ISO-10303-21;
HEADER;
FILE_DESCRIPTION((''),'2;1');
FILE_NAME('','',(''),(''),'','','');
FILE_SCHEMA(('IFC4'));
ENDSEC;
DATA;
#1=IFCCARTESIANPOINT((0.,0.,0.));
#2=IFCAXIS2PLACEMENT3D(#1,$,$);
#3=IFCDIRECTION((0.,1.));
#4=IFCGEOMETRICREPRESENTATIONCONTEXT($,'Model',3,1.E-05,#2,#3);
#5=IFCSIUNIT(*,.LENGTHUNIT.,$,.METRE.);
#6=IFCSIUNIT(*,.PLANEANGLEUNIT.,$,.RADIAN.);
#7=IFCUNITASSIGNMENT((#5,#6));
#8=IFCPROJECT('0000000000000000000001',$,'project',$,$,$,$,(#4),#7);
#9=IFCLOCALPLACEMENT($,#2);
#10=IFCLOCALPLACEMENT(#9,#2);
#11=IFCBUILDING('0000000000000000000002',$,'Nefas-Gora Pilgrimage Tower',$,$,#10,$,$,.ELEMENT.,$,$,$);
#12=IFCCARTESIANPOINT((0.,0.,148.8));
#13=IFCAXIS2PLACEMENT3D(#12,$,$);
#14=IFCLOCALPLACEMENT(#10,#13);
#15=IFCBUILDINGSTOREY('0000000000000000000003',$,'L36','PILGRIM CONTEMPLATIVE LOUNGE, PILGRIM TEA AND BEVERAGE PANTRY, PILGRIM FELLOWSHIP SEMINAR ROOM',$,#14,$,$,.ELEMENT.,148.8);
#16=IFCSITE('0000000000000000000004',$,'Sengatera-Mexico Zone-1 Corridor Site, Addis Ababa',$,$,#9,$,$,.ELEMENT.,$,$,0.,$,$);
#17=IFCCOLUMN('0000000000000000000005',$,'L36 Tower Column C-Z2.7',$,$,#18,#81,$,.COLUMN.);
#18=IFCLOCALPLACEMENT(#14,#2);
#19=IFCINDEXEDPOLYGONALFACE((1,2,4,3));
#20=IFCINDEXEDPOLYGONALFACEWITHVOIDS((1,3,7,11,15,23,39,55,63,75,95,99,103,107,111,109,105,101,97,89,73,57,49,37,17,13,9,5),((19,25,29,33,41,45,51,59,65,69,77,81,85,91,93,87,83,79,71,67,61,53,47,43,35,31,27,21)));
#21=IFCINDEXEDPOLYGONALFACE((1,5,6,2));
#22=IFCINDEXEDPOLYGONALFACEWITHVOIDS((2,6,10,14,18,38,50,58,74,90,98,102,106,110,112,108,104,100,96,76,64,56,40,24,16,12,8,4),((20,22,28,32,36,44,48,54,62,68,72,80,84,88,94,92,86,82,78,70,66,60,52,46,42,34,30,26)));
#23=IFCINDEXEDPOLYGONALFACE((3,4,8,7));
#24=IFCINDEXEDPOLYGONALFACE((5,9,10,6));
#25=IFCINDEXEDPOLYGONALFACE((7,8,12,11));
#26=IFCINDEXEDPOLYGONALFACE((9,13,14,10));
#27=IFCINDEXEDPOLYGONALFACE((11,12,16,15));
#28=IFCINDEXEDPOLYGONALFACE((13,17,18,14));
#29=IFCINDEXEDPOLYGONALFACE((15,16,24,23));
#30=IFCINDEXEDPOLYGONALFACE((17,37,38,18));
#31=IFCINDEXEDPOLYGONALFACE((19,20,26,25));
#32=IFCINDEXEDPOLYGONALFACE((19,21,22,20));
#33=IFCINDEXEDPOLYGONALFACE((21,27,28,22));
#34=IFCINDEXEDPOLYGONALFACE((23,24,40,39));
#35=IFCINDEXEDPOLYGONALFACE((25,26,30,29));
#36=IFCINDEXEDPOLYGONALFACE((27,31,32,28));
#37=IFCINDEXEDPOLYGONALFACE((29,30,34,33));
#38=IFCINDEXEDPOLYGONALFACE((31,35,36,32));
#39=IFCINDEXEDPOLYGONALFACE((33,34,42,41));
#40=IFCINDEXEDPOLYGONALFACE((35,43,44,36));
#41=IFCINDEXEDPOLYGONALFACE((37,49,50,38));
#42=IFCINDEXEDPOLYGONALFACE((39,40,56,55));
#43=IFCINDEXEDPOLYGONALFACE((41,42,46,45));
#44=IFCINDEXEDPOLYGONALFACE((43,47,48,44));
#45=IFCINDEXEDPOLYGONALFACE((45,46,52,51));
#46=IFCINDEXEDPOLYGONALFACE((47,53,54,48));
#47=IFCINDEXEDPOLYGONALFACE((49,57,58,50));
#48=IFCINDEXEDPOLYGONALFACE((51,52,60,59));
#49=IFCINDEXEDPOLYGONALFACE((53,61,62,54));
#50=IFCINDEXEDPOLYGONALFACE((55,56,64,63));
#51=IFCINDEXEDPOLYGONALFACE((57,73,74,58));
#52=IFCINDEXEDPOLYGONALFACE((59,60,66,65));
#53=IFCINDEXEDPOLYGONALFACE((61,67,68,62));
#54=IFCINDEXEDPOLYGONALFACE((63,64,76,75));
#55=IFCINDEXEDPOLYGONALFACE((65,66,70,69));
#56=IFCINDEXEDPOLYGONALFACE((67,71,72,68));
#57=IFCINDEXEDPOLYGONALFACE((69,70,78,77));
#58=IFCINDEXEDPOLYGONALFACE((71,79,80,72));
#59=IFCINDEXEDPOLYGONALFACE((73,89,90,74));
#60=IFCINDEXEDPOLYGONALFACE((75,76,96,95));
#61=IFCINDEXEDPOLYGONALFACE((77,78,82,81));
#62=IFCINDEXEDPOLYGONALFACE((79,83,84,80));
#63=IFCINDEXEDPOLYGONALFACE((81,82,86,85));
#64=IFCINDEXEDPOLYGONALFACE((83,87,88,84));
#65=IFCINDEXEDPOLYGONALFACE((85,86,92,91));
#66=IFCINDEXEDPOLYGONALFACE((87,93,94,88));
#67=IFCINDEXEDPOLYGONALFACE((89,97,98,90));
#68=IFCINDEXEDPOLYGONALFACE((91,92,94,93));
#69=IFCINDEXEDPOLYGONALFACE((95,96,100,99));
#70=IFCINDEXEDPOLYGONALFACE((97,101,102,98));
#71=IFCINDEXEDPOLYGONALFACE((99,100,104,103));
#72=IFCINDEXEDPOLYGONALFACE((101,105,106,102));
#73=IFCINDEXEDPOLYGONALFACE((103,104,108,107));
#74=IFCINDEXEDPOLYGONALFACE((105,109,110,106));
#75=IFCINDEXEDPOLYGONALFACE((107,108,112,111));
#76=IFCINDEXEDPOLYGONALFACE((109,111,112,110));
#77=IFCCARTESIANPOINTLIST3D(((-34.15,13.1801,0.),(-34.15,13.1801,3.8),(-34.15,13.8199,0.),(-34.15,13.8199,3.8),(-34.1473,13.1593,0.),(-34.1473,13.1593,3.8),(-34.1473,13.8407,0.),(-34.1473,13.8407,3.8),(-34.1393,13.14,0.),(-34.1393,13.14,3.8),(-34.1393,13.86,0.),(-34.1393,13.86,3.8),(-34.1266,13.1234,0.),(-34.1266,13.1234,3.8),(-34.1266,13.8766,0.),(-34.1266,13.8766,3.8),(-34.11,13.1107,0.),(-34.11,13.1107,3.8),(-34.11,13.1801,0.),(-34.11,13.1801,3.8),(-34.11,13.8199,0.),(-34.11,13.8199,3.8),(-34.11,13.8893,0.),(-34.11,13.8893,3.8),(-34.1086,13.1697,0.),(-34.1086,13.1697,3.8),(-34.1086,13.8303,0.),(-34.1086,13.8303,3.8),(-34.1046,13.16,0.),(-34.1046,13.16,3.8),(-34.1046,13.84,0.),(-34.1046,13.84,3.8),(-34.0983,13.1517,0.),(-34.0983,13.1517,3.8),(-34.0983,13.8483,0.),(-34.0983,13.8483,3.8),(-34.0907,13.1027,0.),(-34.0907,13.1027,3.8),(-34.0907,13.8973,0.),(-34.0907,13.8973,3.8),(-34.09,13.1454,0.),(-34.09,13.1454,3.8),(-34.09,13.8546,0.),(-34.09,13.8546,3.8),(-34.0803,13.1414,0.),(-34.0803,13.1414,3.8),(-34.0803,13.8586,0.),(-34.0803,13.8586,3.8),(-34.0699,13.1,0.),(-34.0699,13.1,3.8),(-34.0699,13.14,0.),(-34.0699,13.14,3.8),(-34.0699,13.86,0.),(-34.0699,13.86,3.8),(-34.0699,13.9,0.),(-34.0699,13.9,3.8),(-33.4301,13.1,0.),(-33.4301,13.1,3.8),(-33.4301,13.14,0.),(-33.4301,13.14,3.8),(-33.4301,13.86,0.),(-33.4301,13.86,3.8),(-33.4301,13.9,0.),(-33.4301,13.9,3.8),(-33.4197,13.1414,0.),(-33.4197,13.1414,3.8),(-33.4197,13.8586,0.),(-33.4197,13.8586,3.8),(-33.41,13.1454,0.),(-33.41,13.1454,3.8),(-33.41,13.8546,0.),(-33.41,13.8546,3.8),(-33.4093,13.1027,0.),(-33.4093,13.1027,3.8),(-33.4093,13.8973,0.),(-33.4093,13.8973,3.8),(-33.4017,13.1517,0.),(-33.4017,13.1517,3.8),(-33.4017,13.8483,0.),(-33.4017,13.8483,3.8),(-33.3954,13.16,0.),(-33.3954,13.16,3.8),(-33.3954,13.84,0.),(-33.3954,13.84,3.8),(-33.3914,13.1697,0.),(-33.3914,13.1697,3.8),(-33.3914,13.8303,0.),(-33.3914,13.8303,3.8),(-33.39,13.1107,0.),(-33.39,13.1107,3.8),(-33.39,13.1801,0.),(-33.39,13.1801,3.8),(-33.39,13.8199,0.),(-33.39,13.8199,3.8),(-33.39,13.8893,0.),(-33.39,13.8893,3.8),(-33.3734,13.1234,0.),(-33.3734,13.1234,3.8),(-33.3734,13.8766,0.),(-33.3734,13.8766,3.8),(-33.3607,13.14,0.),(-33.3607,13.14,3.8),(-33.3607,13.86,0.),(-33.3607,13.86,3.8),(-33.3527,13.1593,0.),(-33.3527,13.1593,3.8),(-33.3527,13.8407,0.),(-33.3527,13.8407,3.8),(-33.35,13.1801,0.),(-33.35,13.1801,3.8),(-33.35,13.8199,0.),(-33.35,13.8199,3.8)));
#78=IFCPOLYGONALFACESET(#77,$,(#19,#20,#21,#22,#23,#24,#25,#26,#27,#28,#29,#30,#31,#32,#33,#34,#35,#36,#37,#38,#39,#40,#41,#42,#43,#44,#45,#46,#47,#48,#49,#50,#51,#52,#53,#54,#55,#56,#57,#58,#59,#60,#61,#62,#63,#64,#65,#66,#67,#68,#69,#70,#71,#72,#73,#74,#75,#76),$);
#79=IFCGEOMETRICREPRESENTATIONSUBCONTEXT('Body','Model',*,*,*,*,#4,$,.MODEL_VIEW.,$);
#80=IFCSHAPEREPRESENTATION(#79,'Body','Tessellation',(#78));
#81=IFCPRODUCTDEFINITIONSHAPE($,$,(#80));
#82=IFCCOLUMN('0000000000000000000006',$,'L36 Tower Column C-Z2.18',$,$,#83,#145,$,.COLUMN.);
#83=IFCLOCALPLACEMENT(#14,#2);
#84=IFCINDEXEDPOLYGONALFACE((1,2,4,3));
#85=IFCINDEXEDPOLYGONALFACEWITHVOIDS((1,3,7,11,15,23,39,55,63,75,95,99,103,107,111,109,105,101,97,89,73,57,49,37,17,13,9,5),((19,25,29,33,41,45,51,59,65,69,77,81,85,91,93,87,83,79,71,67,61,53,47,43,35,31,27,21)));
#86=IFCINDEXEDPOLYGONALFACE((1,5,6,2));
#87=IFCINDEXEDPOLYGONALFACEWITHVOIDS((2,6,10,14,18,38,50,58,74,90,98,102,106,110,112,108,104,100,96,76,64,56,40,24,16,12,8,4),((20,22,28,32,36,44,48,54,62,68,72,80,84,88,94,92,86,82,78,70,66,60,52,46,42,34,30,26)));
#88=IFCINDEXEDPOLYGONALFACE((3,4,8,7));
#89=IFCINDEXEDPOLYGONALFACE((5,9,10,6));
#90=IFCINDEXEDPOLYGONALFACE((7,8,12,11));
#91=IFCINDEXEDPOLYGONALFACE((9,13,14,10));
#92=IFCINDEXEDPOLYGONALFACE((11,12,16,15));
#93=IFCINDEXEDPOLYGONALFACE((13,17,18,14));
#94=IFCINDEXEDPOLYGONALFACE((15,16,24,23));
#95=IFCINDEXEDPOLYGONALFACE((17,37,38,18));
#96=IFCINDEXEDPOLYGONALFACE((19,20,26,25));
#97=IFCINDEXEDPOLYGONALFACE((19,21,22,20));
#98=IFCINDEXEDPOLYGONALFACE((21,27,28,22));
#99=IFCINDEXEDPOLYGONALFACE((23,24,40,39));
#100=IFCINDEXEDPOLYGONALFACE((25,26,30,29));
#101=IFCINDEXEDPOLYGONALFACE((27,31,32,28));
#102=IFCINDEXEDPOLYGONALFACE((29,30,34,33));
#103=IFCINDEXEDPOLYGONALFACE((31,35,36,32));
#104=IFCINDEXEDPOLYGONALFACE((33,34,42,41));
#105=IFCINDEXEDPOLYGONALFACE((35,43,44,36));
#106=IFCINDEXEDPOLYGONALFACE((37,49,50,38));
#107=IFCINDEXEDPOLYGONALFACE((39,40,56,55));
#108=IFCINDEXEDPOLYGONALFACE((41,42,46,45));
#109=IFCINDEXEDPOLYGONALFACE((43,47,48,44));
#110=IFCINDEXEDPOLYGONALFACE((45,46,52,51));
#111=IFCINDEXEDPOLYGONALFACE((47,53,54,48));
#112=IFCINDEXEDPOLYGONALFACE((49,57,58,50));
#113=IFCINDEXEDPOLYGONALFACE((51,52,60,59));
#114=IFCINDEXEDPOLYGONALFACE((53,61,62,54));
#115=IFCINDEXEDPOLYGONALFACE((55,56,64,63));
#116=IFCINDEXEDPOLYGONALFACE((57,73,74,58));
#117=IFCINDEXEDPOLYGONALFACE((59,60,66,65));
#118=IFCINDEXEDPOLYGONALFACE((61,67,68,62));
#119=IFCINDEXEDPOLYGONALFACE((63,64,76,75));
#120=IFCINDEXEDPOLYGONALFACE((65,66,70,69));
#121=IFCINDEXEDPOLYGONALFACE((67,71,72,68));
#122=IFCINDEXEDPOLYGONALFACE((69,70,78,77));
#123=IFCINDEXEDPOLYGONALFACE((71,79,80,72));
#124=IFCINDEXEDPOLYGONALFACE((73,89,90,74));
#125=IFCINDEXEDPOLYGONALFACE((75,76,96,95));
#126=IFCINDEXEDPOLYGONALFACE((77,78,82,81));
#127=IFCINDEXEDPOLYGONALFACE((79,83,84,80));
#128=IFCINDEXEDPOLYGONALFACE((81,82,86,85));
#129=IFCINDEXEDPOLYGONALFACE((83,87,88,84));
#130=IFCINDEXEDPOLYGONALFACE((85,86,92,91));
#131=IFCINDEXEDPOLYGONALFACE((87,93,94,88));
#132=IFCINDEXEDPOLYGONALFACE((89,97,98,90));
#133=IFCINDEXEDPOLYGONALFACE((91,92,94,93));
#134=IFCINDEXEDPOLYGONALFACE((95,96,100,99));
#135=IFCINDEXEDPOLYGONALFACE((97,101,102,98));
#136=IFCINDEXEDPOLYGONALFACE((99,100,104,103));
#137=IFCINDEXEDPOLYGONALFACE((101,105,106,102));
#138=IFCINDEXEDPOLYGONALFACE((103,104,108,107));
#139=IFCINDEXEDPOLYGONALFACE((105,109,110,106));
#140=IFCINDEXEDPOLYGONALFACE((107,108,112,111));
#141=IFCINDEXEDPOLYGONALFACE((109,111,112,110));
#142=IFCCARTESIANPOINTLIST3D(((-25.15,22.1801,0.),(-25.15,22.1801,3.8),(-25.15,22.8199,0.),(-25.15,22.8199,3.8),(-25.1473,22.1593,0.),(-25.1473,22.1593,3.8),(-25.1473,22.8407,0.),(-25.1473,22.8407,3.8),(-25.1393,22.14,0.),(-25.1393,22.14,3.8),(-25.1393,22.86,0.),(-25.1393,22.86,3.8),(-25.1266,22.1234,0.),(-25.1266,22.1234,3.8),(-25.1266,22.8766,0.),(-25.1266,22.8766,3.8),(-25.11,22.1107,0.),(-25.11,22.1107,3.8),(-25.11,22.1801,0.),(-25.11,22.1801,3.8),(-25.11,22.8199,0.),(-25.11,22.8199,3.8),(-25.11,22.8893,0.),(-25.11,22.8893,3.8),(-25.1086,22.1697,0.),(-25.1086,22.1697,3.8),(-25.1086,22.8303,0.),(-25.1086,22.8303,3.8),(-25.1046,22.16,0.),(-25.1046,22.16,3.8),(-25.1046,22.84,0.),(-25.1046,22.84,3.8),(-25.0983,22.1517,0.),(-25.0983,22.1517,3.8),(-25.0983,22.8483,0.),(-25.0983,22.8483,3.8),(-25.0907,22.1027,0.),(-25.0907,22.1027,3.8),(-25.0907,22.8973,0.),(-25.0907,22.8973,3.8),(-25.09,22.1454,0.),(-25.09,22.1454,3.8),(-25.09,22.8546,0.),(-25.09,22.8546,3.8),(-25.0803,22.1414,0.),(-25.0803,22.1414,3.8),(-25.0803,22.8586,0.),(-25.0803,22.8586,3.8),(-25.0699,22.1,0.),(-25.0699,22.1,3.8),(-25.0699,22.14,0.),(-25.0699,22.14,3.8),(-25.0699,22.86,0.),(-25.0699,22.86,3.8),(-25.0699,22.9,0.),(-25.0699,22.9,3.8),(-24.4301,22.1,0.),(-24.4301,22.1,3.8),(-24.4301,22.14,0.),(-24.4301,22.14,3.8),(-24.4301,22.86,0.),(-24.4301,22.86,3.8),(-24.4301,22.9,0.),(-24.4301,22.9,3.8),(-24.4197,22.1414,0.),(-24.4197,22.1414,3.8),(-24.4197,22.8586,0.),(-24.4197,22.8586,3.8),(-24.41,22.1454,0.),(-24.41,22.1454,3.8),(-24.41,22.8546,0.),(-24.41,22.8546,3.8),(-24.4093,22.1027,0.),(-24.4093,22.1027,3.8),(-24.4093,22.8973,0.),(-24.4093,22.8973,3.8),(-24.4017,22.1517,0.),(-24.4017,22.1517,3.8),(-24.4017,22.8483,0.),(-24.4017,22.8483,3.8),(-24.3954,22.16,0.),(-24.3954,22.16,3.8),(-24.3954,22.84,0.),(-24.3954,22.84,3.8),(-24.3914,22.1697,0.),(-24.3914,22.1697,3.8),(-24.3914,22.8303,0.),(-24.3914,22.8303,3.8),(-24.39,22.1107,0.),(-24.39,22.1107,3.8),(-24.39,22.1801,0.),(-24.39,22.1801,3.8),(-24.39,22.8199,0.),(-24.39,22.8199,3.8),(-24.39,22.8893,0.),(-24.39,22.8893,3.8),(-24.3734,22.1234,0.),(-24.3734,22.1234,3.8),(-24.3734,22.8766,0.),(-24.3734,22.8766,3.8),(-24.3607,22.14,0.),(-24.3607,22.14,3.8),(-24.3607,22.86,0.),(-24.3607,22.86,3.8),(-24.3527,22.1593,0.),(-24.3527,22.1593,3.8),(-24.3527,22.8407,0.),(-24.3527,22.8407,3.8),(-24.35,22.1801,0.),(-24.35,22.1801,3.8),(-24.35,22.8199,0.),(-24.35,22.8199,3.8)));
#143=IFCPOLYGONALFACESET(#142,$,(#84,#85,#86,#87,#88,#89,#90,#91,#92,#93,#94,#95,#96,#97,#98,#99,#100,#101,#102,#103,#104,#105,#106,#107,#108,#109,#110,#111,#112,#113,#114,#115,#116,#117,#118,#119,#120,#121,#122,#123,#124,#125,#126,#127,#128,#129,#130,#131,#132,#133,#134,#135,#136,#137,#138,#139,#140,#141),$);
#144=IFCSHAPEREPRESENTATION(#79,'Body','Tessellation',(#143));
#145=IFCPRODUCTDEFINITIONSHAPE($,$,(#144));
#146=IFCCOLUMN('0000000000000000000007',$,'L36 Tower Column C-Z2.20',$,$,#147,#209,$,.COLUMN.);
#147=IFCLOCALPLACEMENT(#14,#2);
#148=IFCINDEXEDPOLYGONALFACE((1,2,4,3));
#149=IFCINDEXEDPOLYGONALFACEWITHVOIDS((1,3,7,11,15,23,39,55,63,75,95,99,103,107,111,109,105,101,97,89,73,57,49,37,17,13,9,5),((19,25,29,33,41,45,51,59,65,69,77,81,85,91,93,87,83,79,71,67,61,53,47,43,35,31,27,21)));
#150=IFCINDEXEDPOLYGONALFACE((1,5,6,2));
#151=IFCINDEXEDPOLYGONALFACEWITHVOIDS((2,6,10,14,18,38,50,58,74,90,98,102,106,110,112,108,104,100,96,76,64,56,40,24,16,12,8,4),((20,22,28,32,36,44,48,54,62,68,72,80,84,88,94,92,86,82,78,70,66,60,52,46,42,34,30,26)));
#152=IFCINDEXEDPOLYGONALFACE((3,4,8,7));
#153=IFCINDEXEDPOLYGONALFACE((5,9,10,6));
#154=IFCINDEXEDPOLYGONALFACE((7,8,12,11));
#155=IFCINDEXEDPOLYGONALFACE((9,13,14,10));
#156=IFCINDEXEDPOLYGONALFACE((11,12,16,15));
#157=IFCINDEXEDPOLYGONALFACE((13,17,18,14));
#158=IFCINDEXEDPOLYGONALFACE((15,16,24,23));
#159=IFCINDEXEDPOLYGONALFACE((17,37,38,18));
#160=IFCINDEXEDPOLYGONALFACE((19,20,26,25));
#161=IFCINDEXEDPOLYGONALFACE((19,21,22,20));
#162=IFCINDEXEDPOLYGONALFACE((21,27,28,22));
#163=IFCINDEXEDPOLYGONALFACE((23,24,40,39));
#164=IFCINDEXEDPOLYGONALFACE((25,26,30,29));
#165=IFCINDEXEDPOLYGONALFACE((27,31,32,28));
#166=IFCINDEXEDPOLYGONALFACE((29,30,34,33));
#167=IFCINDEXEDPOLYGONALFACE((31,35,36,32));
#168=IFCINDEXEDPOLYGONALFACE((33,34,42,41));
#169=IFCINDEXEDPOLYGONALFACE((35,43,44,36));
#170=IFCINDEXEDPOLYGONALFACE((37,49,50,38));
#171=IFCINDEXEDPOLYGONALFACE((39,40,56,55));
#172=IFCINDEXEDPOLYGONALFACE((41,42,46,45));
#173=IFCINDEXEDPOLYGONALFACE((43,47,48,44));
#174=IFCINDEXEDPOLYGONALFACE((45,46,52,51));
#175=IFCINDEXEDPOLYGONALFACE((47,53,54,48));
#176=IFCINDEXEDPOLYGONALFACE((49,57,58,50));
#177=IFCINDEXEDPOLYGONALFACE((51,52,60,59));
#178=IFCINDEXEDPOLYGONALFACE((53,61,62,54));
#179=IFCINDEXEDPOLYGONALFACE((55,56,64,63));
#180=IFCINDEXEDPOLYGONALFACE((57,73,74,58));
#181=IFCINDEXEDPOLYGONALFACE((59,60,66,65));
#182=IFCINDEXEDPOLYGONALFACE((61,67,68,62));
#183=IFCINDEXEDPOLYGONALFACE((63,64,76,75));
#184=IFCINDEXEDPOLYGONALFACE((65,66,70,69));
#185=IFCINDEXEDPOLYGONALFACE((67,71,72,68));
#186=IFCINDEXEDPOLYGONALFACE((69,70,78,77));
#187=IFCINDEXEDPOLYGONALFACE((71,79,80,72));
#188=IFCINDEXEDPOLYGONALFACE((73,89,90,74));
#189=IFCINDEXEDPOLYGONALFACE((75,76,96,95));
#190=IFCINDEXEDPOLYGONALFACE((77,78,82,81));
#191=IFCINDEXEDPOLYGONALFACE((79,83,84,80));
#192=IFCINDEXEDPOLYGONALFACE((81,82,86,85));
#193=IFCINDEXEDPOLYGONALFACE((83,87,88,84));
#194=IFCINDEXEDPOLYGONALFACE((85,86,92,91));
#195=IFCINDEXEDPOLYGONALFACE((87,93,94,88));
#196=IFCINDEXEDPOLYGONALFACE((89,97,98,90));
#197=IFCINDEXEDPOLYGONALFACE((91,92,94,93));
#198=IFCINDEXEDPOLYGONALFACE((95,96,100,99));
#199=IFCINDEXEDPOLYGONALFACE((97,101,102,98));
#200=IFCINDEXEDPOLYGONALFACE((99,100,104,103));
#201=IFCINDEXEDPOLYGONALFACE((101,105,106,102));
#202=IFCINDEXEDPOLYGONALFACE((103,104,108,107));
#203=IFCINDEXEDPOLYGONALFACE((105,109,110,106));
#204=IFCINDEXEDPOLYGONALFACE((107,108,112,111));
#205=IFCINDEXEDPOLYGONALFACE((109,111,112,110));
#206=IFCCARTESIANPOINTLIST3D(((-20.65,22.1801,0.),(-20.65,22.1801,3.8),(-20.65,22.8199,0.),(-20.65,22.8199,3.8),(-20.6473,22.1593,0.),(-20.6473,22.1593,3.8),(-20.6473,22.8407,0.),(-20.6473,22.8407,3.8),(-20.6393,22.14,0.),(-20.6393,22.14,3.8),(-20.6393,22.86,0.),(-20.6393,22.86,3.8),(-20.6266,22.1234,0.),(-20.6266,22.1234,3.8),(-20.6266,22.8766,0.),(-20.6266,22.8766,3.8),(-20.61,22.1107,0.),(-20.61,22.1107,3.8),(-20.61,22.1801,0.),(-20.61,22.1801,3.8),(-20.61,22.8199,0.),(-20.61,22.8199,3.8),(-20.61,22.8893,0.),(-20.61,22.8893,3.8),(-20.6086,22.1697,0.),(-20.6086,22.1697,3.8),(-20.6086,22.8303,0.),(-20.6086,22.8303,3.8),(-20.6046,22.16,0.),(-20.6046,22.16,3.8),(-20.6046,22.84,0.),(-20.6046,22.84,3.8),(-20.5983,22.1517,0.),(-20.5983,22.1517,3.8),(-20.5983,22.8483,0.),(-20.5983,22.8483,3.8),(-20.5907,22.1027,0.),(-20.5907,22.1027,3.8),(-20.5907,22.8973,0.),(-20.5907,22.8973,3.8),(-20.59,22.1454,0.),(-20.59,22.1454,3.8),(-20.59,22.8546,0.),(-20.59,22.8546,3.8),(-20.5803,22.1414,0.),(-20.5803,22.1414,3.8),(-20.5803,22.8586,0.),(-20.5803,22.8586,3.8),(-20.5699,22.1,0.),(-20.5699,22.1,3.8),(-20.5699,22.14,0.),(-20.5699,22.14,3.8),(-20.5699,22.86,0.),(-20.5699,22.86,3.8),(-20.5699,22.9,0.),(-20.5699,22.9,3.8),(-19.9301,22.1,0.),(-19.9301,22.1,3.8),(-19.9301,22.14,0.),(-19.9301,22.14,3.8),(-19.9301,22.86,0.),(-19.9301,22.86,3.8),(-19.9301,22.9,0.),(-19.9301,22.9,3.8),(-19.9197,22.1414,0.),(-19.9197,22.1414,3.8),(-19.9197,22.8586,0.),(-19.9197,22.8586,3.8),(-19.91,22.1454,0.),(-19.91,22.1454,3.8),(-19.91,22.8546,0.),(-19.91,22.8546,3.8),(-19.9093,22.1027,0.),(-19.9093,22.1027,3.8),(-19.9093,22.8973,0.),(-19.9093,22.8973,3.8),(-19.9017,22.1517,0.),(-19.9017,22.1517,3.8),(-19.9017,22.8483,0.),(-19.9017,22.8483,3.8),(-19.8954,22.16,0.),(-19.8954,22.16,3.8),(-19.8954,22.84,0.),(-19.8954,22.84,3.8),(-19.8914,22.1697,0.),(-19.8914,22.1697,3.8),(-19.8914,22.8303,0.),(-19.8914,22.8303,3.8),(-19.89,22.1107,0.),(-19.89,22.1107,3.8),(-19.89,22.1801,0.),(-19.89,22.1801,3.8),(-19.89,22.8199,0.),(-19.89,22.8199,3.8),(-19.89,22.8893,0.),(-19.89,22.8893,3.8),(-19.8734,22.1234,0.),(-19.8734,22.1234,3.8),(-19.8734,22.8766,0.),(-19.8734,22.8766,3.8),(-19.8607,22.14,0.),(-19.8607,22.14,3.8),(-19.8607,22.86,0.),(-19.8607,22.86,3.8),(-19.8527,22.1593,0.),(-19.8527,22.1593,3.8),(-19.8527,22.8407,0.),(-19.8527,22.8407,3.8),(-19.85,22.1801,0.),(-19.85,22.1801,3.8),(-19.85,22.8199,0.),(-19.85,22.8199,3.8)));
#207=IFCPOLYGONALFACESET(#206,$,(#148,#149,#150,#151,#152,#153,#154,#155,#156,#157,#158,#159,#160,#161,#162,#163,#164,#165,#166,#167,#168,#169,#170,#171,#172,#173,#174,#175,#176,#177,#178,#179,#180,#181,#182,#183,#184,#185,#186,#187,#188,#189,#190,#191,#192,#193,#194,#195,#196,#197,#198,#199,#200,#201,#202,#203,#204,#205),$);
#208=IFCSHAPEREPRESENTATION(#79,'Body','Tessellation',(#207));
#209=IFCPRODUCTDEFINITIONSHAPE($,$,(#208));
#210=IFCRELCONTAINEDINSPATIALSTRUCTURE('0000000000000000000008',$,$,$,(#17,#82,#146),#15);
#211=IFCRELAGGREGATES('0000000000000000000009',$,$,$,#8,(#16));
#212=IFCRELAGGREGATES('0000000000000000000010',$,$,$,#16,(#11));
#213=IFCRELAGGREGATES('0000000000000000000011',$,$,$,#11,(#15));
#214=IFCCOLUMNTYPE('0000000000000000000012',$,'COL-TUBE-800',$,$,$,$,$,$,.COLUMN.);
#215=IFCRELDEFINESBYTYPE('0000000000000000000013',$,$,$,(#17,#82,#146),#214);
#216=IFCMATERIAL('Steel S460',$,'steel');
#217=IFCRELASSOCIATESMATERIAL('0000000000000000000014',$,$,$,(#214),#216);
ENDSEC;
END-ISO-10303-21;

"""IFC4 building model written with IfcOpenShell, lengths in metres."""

from ifc_helpers import new_model, si_unit, direction, frame, origin, origin_2d, place, context, subcontext, project, spatial, hollow_rectangle, extrude, source, transform, mapped, material, material_profile, profile_set, type_object, element, save


model = new_model("IFC4")

# Units and contexts
model_context = context("Model", 3, precision=1e-05, world=origin(), true_north=direction((0.0, 1.0)))
body_context = subcontext(model_context, "Body", "Model", "MODEL_VIEW")
ifc_project = project(units=[si_unit("LENGTHUNIT", "METRE"), si_unit("PLANEANGLEUNIT", "RADIAN")], contexts=[model_context])

# Site, building, storey
site_placement = place(None, origin())
site = spatial("IfcSite", under=ifc_project, at=site_placement, Name="Sengatera-Mexico Zone-1 Corridor Site, Addis Ababa", CompositionType="ELEMENT", RefElevation=0.0)
building_placement = place(site_placement, origin())
building = spatial("IfcBuilding", under=site, at=building_placement, Name="Nefas-Gora Pilgrimage Tower", CompositionType="ELEMENT")
storey_placement = place(building_placement, frame((0.0, 0.0, 148.8)))
storey = spatial("IfcBuildingStorey", under=building, at=storey_placement, Name="L36", Description="PILGRIM CONTEMPLATIVE LOUNGE, PILGRIM TEA AND BEVERAGE PANTRY, PILGRIM FELLOWSHIP SEMINAR ROOM", CompositionType="ELEMENT", Elevation=148.8)

# Columns
ifc_material_1 = material(Name="Steel S460", Category="steel")
ifc_material_profile_1 = material_profile(ifc_material_1, hollow_rectangle(XDim=0.8, YDim=0.8, WallThickness=0.04, InnerFilletRadius=0.04, OuterFilletRadius=0.0801, at=origin_2d()), Name="BOX 800x800x40")
ifc_profile_set_1 = profile_set([ifc_material_profile_1], Name="Steel S460")
column_type_1 = type_object("IfcColumnType", Name="COL-TUBE-800", PredefinedType="COLUMN", material=ifc_profile_set_1)
shared_shape_1 = source(origin(), body_context, "Body", "SweptSolid", [
    extrude(hollow_rectangle(XDim=0.8, YDim=0.8, WallThickness=0.04, InnerFilletRadius=0.04, OuterFilletRadius=0.0801, at=origin_2d()), origin(), (0.0, 0.0, 1.0), 3.8),
])
for number, where, z_axis, x_axis, name in (
    (1, (-33.75, 13.5, 0.0), (0.0, 0.0, 1.0), (1.0, 0.0, 0.0), "L36 Tower Column C-Z2.7"),
    (2, (-24.75, 22.5, 0.0), (0.0, 0.0, 1.0), (1.0, 0.0, 0.0), "L36 Tower Column C-Z2.18"),
    (3, (-20.25, 22.5, 0.0), (0.0, 0.0, 1.0), (1.0, 0.0, 0.0), "L36 Tower Column C-Z2.20"),
):
    element("IfcColumn", number, at=place(storey_placement, frame(where, z_axis=z_axis, x_axis=x_axis)), inside=storey, type_object=column_type_1, Name=name, PredefinedType="COLUMN", context=body_context, shape_type="MappedRepresentation", body=[
        mapped(shared_shape_1, transform((0.0, 0.0, 0.0), x_axis=(1.0, 0.0, 0.0), y_axis=(0.0, 1.0, 0.0), z_axis=(0.0, 0.0, 1.0), scale=1.0)),
    ])

save(model, "model.ifc")
